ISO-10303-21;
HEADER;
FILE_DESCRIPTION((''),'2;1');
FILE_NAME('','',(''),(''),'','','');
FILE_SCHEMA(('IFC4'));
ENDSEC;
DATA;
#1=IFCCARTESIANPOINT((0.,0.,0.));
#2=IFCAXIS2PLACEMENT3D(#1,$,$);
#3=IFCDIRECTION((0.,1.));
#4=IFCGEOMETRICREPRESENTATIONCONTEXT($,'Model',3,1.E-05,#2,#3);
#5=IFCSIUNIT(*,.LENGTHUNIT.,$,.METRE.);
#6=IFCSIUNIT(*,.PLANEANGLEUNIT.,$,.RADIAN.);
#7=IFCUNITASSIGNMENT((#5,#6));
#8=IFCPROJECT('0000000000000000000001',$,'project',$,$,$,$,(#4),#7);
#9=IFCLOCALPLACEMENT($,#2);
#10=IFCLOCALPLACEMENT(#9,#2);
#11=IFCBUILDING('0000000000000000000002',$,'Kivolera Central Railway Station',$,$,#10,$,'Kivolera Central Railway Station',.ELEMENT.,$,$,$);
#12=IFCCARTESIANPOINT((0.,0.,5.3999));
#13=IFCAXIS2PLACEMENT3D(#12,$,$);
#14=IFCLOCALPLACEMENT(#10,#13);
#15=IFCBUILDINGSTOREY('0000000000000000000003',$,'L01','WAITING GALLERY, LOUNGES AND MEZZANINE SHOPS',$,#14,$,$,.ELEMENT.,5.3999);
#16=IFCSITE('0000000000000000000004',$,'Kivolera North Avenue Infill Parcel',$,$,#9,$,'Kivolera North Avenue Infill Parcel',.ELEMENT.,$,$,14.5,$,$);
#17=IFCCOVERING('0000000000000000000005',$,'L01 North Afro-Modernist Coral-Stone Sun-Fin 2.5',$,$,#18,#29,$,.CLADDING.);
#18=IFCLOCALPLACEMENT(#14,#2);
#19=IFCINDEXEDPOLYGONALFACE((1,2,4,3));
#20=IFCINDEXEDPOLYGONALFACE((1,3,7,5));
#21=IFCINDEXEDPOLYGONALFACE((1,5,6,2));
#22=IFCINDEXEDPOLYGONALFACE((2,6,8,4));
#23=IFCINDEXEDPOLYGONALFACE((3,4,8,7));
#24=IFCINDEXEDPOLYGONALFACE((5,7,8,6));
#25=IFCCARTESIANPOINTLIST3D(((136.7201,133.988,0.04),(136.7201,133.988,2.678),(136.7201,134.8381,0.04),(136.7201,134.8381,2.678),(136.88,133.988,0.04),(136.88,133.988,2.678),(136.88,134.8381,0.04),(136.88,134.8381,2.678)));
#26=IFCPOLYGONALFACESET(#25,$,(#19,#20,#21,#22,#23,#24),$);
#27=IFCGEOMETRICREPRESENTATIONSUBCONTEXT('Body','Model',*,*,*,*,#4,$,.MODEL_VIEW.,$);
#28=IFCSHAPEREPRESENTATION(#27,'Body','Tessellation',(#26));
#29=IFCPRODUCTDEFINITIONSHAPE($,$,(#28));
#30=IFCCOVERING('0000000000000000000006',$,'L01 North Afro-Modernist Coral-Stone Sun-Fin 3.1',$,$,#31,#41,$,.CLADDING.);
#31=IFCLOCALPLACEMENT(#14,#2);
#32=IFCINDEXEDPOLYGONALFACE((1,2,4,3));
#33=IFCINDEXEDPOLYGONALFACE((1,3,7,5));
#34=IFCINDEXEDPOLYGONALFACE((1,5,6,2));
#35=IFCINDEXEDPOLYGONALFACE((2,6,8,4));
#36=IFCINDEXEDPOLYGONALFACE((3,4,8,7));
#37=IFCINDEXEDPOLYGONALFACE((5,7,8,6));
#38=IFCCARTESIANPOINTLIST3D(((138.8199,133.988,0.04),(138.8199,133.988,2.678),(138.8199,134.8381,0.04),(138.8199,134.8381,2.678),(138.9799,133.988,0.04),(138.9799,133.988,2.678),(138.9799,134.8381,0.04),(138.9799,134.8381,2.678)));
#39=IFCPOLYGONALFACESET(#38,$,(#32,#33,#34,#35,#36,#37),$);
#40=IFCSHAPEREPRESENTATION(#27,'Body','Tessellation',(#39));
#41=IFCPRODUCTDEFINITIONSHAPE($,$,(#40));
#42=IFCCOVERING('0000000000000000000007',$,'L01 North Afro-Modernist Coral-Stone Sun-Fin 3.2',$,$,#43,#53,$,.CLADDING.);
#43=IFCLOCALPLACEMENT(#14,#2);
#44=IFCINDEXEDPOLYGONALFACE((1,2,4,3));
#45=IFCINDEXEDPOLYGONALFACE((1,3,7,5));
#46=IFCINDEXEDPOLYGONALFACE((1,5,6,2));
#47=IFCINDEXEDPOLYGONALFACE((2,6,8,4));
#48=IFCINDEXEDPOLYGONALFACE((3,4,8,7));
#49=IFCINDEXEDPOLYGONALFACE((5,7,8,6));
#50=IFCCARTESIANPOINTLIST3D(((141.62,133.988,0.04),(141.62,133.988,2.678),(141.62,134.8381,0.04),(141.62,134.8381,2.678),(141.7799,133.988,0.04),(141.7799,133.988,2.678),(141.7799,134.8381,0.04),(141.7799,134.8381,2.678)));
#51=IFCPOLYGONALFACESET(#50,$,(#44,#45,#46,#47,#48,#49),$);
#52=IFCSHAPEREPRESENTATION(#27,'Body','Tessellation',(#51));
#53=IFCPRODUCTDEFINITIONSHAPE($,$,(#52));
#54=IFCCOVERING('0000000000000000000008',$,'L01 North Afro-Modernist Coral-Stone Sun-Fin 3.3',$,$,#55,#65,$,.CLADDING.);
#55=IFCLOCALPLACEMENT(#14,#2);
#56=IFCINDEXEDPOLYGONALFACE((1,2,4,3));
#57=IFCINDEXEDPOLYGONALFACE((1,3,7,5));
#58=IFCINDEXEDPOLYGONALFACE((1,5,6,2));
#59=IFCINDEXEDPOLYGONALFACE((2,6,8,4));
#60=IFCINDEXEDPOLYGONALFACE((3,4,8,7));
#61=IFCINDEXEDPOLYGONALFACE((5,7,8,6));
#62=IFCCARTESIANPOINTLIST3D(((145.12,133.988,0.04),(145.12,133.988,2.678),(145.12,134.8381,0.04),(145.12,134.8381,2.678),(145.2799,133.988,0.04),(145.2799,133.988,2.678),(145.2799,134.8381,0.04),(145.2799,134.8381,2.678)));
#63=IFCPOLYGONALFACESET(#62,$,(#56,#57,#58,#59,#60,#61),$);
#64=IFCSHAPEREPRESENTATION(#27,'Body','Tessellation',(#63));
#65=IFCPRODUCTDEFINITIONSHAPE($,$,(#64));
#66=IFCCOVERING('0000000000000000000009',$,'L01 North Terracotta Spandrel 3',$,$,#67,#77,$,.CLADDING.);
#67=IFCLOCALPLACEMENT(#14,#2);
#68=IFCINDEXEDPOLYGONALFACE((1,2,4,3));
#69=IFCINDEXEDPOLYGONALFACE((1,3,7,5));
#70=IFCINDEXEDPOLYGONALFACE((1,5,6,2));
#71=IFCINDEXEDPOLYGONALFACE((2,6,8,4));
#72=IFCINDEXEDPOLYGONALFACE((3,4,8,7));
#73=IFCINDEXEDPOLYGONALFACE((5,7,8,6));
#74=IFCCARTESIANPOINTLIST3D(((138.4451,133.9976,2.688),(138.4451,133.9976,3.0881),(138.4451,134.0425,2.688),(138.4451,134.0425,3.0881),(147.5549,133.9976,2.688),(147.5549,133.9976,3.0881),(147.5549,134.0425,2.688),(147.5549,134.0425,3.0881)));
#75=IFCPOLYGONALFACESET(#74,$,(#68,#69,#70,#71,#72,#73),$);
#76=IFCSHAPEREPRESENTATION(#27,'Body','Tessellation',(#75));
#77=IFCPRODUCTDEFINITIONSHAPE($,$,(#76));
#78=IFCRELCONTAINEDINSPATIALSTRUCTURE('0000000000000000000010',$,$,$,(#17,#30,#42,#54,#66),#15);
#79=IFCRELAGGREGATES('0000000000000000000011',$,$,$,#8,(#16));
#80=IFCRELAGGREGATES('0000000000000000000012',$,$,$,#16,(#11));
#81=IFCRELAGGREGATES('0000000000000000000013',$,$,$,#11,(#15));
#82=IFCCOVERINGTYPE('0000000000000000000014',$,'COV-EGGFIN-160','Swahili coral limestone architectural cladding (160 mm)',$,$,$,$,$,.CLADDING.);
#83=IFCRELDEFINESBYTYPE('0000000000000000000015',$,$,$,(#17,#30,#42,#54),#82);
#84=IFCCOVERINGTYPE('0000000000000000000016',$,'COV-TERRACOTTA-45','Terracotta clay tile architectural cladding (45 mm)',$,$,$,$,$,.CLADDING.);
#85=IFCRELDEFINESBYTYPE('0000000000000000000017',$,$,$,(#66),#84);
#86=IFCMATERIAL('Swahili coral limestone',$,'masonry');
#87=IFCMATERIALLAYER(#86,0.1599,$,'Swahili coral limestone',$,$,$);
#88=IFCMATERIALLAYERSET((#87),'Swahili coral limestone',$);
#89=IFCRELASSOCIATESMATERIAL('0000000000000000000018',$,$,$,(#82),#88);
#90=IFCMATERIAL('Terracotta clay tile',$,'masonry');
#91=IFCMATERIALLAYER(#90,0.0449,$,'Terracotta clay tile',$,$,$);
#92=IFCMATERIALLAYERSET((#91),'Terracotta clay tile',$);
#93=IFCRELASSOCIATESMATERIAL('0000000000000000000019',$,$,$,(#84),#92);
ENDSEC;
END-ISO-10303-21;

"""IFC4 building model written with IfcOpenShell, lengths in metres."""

from ifc_helpers import new_model, si_unit, direction, frame, frame_2d, origin, origin_2d, place, context, subcontext, project, spatial, rectangle, extrude, material, layer, layer_set, type_object, element, save


model = new_model("IFC4")

# Units and contexts
model_context = context("Model", 3, precision=1e-05, world=origin(), true_north=direction((0.0, 1.0)))
body_context = subcontext(model_context, "Body", "Model", "MODEL_VIEW")
ifc_project = project(units=[si_unit("LENGTHUNIT", "METRE"), si_unit("PLANEANGLEUNIT", "RADIAN")], contexts=[model_context])

# Site, building, storey
site_placement = place(None, origin())
site = spatial("IfcSite", under=ifc_project, at=site_placement, Name="Kivolera North Avenue Infill Parcel", LongName="Kivolera North Avenue Infill Parcel", CompositionType="ELEMENT", RefElevation=14.5)
building_placement = place(site_placement, origin())
building = spatial("IfcBuilding", under=site, at=building_placement, Name="Kivolera Central Railway Station", LongName="Kivolera Central Railway Station", CompositionType="ELEMENT")
storey_placement = place(building_placement, frame((0.0, 0.0, 5.3999)))
storey = spatial("IfcBuildingStorey", under=building, at=storey_placement, Name="L01", Description="WAITING GALLERY, LOUNGES AND MEZZANINE SHOPS", CompositionType="ELEMENT", Elevation=5.3999)

# Shared definitions
ifc_material_1 = material(Name="Swahili coral limestone", Category="masonry")

# Coverings
ifc_layer_1 = layer(ifc_material_1, 0.1599, Name="Swahili coral limestone")
ifc_layer_set_1 = layer_set([ifc_layer_1], Name="Swahili coral limestone")
covering_type_1 = type_object("IfcCoveringType", Name="COV-EGGFIN-160", Description="Swahili coral limestone architectural cladding (160 mm)", PredefinedType="CLADDING", material=ifc_layer_set_1)
for number, where, z_axis, x_axis, name in (
    (1, (136.8, 134.4131, 0.04), (0.0, 0.0, 1.0), (1.0, 0.0, 0.0), "L01 North Afro-Modernist Coral-Stone Sun-Fin 2.5"),
    (2, (138.8999, 134.4131, 0.04), (0.0, 0.0, 1.0), (1.0, 0.0, 0.0), "L01 North Afro-Modernist Coral-Stone Sun-Fin 3.1"),
    (3, (141.7, 134.4131, 0.04), (0.0, 0.0, 1.0), (1.0, 0.0, 0.0), "L01 North Afro-Modernist Coral-Stone Sun-Fin 3.2"),
    (4, (145.2, 134.4131, 0.04), (0.0, 0.0, 1.0), (1.0, 0.0, 0.0), "L01 North Afro-Modernist Coral-Stone Sun-Fin 3.3"),
):
    element("IfcCovering", number, at=place(storey_placement, frame(where, z_axis=z_axis, x_axis=x_axis)), inside=storey, type_object=covering_type_1, Name=name, PredefinedType="CLADDING", context=body_context, shape_type="SweptSolid", body=[
        extrude(rectangle(XDim=0.1599, YDim=0.8501, at=origin_2d()), origin(), (0.0, 0.0, 1.0), 2.6379),
    ])
ifc_material_2 = material(Name="Terracotta clay tile", Category="masonry")
ifc_layer_2 = layer(ifc_material_2, 0.0449, Name="Terracotta clay tile")
ifc_layer_set_2 = layer_set([ifc_layer_2], Name="Terracotta clay tile")
covering_type_2 = type_object("IfcCoveringType", Name="COV-TERRACOTTA-45", Description="Terracotta clay tile architectural cladding (45 mm)", PredefinedType="CLADDING", material=ifc_layer_set_2)
covering_placement = place(storey_placement, frame((138.4451, 134.02, 2.688), z_axis=(0.0, 0.0, 1.0), x_axis=(1.0, 0.0, 0.0)))
element("IfcCovering", 5, at=covering_placement, inside=storey, type_object=covering_type_2, Name="L01 North Terracotta Spandrel 3", PredefinedType="CLADDING", context=body_context, shape_type="SweptSolid", body=[
    extrude(rectangle(XDim=9.1099, YDim=0.0449, at=frame_2d((4.5549, 0.0))), origin(), (0.0, 0.0, 1.0), 0.4001),
])

save(model, "model.ifc")
